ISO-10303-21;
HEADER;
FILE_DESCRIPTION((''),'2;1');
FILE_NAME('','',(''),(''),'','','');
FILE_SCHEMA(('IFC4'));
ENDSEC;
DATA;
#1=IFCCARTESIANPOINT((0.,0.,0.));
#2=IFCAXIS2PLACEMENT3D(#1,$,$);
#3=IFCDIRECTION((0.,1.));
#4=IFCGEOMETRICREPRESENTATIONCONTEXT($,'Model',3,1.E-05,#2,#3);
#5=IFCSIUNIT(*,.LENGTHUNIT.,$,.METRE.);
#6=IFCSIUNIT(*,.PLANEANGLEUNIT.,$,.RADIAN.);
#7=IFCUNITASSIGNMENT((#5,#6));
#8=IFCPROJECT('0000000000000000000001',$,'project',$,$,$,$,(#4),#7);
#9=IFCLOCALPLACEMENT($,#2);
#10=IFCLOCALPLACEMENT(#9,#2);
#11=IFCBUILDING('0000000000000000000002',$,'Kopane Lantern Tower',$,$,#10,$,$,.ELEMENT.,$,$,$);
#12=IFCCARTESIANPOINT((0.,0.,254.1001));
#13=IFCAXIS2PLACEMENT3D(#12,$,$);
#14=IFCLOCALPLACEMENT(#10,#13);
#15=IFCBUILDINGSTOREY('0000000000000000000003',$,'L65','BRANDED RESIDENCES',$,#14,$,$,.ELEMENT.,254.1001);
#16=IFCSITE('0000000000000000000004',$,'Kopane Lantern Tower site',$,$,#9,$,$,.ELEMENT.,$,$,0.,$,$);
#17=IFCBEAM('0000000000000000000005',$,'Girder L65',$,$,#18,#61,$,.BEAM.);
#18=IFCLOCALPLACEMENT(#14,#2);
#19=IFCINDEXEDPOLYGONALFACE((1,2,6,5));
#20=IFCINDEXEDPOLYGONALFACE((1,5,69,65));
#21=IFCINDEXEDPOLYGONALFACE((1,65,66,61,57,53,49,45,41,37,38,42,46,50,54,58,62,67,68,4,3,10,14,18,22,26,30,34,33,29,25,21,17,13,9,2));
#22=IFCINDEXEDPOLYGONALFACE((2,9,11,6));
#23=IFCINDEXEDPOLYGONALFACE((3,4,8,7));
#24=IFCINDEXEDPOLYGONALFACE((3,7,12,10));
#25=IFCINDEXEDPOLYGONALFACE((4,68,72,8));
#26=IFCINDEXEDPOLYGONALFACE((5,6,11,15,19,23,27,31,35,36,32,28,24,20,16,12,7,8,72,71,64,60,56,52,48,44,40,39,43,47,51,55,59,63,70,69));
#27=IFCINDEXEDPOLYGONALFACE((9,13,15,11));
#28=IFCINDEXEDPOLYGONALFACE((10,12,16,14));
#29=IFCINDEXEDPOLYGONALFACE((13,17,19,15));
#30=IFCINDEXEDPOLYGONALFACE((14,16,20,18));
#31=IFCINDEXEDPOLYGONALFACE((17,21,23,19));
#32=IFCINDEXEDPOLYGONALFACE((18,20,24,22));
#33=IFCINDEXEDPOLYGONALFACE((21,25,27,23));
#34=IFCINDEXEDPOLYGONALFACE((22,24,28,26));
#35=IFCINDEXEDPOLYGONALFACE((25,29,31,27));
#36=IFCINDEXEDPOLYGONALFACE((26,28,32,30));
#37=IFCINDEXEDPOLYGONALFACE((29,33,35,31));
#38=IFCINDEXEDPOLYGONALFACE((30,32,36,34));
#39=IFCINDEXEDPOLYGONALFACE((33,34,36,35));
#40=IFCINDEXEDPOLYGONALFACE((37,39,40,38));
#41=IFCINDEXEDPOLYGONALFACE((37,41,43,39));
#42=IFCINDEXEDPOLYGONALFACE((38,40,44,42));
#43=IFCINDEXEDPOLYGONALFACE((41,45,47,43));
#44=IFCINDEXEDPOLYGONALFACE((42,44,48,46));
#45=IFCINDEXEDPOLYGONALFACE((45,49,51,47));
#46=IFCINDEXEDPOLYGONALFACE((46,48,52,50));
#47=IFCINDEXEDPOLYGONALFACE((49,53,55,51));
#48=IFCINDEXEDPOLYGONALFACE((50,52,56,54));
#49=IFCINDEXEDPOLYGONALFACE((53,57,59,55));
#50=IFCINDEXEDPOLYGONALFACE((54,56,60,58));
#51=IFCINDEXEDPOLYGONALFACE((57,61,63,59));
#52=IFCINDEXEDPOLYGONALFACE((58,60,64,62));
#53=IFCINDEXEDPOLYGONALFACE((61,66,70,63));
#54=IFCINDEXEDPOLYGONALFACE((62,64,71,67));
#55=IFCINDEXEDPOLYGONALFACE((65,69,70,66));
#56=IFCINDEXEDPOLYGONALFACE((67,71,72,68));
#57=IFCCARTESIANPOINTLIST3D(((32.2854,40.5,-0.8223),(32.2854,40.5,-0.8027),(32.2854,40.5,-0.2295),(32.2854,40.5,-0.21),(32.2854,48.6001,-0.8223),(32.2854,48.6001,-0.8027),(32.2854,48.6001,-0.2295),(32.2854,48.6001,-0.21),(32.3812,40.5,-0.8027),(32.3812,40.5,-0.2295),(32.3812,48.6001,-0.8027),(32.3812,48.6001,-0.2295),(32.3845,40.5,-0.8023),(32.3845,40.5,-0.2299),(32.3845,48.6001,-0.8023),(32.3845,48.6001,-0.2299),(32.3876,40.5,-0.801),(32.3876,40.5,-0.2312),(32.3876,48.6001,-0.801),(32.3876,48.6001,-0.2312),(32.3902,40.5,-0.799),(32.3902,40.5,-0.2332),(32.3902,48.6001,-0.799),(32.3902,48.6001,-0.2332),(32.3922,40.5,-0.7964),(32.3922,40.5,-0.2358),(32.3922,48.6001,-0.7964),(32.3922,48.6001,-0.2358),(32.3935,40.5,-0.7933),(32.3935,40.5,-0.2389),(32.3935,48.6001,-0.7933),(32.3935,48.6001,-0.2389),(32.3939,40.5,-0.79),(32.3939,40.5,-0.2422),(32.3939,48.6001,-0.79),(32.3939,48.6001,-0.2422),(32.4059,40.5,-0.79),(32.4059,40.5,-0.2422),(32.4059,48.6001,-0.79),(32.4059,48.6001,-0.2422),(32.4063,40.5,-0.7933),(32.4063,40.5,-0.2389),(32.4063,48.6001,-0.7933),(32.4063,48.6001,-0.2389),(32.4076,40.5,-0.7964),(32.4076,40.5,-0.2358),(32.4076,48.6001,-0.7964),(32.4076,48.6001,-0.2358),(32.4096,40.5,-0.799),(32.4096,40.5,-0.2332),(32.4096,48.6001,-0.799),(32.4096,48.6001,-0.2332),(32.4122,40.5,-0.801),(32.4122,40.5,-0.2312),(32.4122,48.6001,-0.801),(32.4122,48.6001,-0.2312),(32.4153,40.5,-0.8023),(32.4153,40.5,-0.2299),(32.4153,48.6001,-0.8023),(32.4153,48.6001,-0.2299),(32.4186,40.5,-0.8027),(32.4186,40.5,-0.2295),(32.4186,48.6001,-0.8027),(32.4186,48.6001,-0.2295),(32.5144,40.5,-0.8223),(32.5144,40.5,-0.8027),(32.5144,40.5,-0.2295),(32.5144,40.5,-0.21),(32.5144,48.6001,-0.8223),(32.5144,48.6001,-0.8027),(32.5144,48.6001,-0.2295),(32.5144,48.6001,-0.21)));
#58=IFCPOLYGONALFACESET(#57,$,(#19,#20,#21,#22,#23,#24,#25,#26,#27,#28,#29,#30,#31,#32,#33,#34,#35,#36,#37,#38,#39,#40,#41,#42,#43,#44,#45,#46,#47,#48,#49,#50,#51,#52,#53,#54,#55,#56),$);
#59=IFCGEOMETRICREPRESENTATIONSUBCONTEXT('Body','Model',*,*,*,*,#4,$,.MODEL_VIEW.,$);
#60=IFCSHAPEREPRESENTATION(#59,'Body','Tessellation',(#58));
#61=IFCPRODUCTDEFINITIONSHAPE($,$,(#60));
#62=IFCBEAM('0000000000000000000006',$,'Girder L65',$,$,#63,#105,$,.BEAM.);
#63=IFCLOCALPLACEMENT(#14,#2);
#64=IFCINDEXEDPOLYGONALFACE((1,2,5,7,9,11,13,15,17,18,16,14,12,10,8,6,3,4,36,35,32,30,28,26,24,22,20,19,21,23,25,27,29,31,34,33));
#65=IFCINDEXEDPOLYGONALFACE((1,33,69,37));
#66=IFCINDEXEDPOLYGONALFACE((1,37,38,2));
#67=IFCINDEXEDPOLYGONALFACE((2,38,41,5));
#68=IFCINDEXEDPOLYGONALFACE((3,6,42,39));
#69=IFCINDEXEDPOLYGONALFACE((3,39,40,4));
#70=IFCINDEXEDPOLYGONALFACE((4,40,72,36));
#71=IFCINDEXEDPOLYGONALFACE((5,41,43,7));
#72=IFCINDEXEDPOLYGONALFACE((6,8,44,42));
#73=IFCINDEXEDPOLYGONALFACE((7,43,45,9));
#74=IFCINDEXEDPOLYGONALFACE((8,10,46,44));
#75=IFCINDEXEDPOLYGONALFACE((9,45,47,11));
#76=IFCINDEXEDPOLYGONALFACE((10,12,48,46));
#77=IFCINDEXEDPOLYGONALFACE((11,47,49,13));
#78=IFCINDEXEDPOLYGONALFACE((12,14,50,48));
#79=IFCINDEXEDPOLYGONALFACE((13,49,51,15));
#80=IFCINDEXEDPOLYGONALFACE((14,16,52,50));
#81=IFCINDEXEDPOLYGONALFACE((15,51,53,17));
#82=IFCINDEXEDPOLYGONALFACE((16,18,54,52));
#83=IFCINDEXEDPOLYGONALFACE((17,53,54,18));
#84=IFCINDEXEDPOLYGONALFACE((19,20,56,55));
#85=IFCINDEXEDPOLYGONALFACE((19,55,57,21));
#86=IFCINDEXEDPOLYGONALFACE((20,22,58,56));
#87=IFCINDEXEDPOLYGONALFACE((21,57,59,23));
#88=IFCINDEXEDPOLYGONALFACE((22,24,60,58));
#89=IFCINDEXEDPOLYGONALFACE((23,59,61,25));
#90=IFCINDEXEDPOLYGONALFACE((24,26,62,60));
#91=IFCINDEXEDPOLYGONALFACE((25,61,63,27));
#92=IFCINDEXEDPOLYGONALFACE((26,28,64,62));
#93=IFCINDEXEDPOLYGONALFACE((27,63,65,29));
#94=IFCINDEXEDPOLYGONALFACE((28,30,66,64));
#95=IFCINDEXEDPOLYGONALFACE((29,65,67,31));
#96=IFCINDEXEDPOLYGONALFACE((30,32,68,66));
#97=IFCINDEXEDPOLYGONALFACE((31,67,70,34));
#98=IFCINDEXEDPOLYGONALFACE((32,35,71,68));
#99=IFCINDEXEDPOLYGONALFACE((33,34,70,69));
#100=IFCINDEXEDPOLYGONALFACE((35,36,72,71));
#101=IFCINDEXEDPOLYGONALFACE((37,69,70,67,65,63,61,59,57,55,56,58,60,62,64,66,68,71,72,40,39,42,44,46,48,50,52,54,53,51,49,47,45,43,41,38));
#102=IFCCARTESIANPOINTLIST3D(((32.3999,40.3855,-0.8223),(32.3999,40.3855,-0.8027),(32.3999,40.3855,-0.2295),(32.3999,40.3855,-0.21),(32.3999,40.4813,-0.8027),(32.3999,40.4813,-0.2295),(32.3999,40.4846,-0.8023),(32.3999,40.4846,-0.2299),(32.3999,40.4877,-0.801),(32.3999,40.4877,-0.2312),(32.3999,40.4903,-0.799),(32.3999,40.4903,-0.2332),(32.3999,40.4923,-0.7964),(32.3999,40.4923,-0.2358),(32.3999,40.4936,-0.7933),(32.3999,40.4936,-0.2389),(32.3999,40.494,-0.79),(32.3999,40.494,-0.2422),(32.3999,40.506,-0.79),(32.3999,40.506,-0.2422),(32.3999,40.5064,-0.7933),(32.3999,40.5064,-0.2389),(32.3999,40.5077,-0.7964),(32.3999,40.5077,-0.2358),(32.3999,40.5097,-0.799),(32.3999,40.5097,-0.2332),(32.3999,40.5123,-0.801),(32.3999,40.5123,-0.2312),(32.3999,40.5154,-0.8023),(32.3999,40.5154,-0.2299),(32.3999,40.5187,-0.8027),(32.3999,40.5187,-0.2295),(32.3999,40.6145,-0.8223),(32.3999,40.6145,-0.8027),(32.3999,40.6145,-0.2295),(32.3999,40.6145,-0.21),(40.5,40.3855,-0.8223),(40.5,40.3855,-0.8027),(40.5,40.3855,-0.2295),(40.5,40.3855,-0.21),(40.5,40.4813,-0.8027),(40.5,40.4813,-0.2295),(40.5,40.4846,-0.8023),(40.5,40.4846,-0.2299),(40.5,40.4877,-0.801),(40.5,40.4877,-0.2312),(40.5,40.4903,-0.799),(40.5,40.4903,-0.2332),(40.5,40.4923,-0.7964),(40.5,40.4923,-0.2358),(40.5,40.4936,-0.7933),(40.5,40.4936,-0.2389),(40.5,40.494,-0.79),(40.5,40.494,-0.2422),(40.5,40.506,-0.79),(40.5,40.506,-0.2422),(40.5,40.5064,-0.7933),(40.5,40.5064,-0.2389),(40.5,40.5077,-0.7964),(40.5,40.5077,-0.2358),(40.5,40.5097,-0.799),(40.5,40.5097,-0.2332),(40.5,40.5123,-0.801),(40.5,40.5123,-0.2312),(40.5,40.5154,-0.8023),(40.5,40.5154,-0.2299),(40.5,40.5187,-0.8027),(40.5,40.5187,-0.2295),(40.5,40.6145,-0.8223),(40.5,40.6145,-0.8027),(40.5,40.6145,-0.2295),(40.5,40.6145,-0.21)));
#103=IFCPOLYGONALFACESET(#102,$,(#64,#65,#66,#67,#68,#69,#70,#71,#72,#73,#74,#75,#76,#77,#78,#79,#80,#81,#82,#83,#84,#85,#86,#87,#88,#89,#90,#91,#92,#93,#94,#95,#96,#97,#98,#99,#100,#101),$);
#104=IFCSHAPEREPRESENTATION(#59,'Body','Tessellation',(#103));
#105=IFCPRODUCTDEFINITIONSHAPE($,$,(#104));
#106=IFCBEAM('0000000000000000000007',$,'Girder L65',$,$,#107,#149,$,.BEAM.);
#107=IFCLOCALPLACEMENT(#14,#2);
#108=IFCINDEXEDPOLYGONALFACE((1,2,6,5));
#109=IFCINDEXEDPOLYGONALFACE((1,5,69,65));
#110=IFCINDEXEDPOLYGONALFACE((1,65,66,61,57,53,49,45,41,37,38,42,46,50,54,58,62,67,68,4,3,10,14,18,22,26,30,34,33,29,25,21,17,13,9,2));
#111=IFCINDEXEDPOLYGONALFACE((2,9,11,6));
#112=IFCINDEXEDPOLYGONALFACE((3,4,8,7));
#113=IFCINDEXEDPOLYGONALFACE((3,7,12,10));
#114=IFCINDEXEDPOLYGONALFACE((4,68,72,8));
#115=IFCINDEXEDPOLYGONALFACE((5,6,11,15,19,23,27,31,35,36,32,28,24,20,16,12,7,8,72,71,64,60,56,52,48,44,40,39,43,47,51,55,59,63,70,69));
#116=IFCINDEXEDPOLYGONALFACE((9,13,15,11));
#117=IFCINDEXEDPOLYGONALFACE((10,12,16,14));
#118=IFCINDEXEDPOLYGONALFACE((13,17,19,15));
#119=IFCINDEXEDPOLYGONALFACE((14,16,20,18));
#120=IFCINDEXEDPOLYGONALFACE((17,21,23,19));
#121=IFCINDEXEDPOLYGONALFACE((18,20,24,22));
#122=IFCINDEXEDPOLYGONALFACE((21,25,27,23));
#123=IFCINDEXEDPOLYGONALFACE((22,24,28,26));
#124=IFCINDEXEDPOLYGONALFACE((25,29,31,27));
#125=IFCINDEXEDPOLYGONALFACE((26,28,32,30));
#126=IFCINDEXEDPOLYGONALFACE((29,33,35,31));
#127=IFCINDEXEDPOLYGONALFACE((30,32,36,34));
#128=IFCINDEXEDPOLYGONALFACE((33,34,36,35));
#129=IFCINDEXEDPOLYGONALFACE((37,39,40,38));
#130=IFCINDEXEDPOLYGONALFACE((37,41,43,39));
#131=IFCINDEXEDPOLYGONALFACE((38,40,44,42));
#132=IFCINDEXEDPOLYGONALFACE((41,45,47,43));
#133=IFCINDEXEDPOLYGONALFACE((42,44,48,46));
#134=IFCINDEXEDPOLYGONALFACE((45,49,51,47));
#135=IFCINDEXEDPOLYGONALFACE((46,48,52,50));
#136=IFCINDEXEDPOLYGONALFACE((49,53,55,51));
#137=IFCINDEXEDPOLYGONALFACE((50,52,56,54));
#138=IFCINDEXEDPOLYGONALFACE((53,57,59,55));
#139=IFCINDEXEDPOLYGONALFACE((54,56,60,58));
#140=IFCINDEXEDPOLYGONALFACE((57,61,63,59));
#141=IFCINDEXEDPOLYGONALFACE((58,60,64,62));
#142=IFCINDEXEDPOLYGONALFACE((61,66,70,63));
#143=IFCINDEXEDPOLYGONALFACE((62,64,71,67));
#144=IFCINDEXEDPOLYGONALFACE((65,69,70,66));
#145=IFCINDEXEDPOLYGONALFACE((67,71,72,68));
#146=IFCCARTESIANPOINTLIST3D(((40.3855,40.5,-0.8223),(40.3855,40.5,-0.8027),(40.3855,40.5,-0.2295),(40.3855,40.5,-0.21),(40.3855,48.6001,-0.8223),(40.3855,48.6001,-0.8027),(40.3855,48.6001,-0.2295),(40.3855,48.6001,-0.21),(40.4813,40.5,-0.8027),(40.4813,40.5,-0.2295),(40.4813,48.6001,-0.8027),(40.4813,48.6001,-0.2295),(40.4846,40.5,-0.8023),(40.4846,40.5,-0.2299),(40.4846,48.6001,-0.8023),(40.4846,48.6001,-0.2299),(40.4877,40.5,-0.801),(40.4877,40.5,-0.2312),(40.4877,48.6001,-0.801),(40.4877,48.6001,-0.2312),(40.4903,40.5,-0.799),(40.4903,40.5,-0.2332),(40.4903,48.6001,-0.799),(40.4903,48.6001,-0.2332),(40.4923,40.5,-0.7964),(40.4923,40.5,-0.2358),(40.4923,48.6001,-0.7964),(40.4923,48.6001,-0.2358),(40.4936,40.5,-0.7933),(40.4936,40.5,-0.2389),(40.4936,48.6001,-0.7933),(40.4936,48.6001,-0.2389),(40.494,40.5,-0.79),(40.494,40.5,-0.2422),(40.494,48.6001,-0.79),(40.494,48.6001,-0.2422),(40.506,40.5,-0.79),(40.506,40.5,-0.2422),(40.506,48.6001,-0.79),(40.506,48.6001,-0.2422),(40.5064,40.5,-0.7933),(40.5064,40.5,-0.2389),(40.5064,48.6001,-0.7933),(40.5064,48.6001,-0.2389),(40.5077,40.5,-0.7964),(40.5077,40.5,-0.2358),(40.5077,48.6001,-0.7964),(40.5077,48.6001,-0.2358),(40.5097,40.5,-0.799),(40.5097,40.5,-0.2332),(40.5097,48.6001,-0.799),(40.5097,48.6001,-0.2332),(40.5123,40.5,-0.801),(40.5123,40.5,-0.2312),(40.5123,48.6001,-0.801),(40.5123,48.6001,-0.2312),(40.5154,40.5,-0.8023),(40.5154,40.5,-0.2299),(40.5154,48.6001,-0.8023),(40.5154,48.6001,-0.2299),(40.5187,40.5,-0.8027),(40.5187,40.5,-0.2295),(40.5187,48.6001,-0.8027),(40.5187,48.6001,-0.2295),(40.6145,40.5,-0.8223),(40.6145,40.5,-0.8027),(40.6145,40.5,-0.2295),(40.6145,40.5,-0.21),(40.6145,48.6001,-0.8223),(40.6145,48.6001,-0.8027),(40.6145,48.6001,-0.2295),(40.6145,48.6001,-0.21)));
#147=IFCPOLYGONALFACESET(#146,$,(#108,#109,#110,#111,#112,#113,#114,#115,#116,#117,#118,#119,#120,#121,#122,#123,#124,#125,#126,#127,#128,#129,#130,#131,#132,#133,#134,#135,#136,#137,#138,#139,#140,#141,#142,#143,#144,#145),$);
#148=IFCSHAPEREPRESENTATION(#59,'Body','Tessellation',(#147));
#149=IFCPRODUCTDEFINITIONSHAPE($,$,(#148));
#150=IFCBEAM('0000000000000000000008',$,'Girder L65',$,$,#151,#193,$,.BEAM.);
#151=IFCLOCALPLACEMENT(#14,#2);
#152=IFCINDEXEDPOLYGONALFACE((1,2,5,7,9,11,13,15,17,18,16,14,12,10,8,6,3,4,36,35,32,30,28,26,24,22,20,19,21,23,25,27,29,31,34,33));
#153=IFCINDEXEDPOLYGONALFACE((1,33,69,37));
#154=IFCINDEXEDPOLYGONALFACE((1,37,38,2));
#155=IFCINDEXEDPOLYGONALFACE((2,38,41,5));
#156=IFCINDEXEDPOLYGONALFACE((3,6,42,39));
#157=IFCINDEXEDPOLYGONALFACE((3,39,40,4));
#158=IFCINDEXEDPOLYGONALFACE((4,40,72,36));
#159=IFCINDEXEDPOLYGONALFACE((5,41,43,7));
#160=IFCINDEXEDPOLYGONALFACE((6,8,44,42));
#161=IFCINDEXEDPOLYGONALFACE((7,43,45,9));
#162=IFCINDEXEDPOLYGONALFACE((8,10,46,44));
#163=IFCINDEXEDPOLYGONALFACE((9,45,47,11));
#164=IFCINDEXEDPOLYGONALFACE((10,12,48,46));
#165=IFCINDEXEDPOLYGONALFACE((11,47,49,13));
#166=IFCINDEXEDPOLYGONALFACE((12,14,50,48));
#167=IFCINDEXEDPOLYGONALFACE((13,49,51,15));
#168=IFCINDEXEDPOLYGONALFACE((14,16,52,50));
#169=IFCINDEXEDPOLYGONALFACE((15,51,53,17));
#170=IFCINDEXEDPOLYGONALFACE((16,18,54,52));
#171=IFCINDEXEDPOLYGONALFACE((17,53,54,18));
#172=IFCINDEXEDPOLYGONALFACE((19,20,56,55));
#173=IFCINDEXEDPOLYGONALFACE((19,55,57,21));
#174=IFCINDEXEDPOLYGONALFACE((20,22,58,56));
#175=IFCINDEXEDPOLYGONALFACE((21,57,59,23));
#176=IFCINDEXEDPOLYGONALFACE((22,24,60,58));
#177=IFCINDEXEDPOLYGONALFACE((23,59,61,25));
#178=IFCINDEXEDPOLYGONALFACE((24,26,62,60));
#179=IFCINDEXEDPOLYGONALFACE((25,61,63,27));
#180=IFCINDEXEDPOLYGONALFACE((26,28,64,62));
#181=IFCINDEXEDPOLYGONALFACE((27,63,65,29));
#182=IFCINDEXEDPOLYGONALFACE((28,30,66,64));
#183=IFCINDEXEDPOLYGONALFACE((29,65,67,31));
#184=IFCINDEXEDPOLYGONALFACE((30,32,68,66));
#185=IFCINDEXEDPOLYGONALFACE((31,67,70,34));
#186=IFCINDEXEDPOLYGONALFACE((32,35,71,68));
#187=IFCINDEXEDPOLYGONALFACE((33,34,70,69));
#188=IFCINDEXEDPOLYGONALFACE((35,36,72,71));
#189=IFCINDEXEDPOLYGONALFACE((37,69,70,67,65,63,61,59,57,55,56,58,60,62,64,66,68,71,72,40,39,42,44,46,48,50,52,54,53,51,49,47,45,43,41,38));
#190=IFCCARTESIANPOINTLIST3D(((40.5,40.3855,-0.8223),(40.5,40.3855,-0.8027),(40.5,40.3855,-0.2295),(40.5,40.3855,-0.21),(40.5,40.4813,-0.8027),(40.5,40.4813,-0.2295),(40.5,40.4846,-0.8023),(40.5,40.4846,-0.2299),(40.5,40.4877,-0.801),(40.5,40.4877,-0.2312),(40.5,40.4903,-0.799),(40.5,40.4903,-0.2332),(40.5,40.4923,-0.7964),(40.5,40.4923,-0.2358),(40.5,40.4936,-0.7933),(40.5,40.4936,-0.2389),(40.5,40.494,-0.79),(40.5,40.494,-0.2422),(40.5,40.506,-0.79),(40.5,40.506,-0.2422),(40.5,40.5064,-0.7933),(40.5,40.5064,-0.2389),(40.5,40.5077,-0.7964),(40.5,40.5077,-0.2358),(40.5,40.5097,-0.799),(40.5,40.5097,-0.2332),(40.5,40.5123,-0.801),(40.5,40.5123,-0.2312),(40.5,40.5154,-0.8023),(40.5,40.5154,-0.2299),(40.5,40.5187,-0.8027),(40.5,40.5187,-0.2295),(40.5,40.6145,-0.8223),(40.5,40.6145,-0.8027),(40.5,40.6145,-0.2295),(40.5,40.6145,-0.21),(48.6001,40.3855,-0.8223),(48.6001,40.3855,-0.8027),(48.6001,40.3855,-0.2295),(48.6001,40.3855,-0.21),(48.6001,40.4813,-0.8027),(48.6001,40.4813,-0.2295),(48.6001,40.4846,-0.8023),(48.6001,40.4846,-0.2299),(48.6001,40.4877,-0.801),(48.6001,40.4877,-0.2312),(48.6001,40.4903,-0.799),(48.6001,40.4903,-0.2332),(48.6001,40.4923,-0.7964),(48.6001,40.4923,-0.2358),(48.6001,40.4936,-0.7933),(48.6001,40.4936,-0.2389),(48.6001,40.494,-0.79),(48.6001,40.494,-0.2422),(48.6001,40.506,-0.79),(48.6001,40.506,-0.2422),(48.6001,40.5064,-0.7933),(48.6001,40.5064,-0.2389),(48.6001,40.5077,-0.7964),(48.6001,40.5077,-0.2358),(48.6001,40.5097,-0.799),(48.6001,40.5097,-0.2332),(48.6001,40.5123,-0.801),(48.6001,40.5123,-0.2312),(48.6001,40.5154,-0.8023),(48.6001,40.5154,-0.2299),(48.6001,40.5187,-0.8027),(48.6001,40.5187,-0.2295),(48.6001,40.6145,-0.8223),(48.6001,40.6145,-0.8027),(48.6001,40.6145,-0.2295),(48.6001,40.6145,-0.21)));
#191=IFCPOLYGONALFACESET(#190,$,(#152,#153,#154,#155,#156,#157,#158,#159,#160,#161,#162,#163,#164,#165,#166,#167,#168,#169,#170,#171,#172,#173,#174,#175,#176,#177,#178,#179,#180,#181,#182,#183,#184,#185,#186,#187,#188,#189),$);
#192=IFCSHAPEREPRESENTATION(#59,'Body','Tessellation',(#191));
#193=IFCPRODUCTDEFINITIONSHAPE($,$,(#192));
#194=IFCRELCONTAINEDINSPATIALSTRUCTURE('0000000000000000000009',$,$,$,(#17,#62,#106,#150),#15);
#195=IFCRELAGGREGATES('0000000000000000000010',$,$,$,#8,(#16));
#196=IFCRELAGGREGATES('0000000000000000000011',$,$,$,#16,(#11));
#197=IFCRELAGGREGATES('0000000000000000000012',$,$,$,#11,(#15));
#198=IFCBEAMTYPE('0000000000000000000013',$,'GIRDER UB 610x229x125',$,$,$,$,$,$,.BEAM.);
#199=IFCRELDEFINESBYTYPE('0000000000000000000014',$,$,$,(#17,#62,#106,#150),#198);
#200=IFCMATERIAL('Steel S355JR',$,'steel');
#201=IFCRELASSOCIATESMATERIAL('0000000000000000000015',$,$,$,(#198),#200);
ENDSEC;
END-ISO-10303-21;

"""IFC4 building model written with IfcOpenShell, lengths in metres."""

from ifc_helpers import new_model, si_unit, direction, frame, origin, origin_2d, place, context, subcontext, project, spatial, i_section, extrude, material, material_profile, profile_set, type_object, element, save


model = new_model("IFC4")

# Units and contexts
model_context = context("Model", 3, precision=1e-05, world=origin(), true_north=direction((0.0, 1.0)))
body_context = subcontext(model_context, "Body", "Model", "MODEL_VIEW")
ifc_project = project(units=[si_unit("LENGTHUNIT", "METRE"), si_unit("PLANEANGLEUNIT", "RADIAN")], contexts=[model_context])

# Site, building, storey
site_placement = place(None, origin())
site = spatial("IfcSite", under=ifc_project, at=site_placement, Name="Kopane Lantern Tower site", CompositionType="ELEMENT", RefElevation=0.0)
building_placement = place(site_placement, origin())
building = spatial("IfcBuilding", under=site, at=building_placement, Name="Kopane Lantern Tower", CompositionType="ELEMENT")
storey_placement = place(building_placement, frame((0.0, 0.0, 254.1001)))
storey = spatial("IfcBuildingStorey", under=building, at=storey_placement, Name="L65", Description="BRANDED RESIDENCES", CompositionType="ELEMENT", Elevation=254.1001)

# Beams
ifc_material_1 = material(Name="Steel S355JR", Category="steel")
ifc_material_profile_1 = material_profile(ifc_material_1, i_section(OverallWidth=0.229, OverallDepth=0.6123, WebThickness=0.012, FlangeThickness=0.0195, FilletRadius=0.0127, at=origin_2d()), Name="UB 610x229x125")
ifc_profile_set_1 = profile_set([ifc_material_profile_1], Name="Steel S355JR")
beam_type = type_object("IfcBeamType", Name="GIRDER UB 610x229x125", PredefinedType="BEAM", material=ifc_profile_set_1)
for number, where, z_axis, x_axis, name in (
    (1, (32.3999, 40.5, -0.5161), (0.0, 1.0, 0.0), (-1.0, 0.0, 0.0), "Girder L65"),
    (2, (32.3999, 40.5, -0.5161), (1.0, 0.0, 0.0), (0.0, 1.0, 0.0), "Girder L65"),
    (3, (40.5, 40.5, -0.5161), (0.0, 1.0, 0.0), (-1.0, 0.0, 0.0), "Girder L65"),
    (4, (40.5, 40.5, -0.5161), (1.0, 0.0, 0.0), (0.0, 1.0, 0.0), "Girder L65"),
):
    element("IfcBeam", number, at=place(storey_placement, frame(where, z_axis=z_axis, x_axis=x_axis)), inside=storey, type_object=beam_type, Name=name, PredefinedType="BEAM", context=body_context, shape_type="SweptSolid", body=[
        extrude(i_section(OverallWidth=0.229, OverallDepth=0.6123, WebThickness=0.012, FlangeThickness=0.0195, FilletRadius=0.0127, at=origin_2d()), origin(), (0.0, 0.0, 1.0), 8.1001),
    ])

save(model, "model.ifc")
